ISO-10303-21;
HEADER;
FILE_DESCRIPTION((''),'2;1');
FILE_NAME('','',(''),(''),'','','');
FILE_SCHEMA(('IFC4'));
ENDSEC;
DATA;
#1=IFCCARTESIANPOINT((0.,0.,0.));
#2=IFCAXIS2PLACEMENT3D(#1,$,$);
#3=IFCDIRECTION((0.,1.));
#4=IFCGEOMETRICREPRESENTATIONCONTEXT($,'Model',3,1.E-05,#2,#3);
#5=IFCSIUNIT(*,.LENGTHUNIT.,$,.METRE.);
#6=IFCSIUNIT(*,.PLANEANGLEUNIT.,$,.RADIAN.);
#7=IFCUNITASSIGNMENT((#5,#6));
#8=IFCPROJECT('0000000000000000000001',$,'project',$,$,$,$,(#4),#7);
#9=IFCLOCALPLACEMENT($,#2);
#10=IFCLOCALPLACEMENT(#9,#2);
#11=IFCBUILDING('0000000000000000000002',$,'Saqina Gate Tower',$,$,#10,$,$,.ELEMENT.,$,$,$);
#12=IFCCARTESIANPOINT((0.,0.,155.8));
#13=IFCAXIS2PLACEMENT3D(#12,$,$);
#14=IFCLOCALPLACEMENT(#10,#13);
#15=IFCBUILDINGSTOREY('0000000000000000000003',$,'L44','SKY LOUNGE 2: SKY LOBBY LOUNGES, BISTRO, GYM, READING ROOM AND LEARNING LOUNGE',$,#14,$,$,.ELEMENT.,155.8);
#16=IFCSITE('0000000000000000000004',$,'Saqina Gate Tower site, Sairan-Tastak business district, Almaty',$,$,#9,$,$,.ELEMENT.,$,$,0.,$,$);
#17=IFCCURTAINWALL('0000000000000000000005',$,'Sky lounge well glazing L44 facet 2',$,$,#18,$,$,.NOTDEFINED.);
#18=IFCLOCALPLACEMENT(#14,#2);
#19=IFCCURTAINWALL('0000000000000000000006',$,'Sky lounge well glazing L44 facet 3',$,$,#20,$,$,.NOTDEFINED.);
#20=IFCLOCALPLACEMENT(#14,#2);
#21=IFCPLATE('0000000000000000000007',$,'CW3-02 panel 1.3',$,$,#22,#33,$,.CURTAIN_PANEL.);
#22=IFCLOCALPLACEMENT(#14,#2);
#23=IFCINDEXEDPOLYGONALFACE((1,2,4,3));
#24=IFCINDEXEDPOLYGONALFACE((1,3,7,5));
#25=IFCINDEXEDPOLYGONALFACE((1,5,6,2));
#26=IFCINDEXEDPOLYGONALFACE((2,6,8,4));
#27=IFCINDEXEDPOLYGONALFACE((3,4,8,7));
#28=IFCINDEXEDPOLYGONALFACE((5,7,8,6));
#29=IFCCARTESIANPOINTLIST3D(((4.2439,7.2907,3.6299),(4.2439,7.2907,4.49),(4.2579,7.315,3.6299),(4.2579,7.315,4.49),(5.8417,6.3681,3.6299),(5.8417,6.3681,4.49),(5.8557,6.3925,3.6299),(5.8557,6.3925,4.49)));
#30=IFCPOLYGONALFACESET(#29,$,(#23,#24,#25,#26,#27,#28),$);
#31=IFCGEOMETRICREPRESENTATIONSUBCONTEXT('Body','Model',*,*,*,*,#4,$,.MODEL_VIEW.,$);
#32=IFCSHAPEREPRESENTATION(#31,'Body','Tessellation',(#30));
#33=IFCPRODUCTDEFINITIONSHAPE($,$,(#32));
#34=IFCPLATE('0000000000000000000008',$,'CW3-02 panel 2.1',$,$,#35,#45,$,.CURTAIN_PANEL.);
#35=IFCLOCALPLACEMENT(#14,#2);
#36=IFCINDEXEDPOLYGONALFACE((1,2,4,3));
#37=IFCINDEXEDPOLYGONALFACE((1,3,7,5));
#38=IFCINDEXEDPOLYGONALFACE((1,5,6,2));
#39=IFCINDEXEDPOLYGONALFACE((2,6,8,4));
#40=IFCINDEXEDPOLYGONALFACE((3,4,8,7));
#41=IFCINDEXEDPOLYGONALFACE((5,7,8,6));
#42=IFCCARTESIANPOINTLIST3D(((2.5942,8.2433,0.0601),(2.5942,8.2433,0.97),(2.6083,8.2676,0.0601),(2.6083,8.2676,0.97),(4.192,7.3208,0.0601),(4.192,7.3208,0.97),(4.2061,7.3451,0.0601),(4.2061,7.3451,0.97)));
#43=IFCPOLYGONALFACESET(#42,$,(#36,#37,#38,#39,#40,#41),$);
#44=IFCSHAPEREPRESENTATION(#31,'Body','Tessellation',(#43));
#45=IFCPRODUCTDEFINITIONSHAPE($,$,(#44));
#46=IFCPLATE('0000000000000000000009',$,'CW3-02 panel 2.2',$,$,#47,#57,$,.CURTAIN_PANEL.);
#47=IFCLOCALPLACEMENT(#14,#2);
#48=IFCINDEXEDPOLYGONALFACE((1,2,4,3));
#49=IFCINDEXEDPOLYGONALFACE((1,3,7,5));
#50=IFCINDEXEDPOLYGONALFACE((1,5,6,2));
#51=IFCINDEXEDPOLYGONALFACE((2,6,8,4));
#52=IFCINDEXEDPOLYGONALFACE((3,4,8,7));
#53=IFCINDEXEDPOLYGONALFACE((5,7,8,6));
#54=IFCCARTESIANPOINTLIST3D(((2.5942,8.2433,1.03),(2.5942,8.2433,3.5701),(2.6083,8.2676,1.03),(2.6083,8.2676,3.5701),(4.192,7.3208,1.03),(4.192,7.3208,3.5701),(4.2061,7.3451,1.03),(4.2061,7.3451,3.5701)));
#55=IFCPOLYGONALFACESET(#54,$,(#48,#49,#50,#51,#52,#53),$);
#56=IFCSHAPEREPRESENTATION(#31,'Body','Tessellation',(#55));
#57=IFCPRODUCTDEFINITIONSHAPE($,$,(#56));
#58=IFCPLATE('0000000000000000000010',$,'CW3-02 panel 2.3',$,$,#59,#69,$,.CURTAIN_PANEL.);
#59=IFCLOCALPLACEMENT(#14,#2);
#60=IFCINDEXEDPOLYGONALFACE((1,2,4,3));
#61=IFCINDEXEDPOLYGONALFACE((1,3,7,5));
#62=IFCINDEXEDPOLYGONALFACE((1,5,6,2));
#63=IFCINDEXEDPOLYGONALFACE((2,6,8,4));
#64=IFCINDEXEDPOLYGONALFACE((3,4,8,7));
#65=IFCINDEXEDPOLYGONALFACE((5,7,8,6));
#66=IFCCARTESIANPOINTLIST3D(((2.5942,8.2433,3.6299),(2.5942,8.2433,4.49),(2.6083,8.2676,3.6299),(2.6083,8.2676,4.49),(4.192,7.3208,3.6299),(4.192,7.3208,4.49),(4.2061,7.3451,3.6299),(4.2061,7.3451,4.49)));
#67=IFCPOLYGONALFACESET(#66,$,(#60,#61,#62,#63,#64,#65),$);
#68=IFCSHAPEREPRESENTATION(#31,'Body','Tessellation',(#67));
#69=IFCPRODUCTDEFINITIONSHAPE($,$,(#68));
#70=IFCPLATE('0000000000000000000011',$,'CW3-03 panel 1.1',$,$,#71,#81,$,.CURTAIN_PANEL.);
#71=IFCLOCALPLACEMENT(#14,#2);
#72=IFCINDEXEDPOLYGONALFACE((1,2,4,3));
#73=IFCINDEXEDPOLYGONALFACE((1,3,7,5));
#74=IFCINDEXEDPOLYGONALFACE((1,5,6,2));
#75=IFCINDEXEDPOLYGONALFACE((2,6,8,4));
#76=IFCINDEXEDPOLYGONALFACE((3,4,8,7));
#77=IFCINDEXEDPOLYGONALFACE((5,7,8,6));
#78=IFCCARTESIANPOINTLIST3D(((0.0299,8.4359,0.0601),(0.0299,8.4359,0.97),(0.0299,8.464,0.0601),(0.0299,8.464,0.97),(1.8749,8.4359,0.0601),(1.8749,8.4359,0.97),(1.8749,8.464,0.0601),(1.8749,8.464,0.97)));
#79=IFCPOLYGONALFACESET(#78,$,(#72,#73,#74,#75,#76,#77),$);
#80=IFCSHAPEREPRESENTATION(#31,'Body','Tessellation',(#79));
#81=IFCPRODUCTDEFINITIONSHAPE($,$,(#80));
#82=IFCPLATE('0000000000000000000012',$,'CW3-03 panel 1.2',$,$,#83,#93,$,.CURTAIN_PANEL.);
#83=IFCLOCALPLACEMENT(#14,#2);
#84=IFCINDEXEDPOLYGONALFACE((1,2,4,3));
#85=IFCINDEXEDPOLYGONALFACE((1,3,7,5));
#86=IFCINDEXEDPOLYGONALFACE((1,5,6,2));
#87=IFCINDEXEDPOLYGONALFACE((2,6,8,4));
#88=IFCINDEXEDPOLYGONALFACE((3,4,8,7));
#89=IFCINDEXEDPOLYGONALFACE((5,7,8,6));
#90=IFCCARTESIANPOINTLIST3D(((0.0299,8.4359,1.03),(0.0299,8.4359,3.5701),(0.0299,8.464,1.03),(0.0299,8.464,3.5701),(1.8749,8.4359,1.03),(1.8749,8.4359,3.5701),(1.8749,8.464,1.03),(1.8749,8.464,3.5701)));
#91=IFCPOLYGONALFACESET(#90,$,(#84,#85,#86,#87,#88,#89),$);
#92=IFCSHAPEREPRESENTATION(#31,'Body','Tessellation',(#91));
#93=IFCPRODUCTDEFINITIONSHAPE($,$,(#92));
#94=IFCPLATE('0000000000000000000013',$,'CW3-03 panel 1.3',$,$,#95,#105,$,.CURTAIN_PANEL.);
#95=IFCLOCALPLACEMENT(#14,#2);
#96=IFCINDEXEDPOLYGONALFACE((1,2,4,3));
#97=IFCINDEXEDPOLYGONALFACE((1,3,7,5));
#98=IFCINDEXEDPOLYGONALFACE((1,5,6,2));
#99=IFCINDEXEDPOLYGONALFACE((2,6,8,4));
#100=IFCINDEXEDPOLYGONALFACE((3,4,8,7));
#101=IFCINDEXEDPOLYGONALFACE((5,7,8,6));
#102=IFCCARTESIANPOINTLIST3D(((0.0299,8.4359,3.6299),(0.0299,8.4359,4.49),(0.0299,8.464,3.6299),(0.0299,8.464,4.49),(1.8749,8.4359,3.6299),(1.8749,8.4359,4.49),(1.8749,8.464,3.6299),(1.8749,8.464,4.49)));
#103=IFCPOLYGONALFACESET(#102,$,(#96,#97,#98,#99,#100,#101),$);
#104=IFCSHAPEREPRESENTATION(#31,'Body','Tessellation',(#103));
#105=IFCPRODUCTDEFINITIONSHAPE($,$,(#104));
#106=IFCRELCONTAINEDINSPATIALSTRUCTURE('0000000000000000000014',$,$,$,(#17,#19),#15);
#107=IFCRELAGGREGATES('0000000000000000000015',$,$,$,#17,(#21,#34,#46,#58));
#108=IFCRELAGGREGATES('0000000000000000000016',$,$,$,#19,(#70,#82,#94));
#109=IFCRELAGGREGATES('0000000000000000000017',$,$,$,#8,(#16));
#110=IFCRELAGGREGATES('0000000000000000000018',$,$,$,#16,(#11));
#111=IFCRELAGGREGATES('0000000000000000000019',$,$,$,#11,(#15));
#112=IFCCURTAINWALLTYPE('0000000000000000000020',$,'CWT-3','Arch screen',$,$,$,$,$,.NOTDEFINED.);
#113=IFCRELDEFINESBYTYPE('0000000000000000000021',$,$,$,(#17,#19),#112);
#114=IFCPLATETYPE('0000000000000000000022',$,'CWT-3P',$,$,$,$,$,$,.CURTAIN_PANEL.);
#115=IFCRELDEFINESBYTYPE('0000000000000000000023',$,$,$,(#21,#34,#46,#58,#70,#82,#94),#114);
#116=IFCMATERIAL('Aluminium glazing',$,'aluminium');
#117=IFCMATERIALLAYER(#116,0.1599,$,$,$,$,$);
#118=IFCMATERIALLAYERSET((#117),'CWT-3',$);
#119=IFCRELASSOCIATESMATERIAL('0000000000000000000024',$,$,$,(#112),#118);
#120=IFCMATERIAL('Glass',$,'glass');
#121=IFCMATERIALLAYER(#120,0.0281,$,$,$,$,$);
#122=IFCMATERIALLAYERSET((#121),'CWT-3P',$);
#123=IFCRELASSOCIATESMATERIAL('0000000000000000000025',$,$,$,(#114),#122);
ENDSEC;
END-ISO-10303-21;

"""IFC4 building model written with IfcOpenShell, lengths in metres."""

from ifc_helpers import new_model, si_unit, direction, frame, origin, origin_2d, place, context, subcontext, project, spatial, rectangle, extrude, material, layer, layer_set, type_object, element, aggregate, save


model = new_model("IFC4")

# Units and contexts
model_context = context("Model", 3, precision=1e-05, world=origin(), true_north=direction((0.0, 1.0)))
body_context = subcontext(model_context, "Body", "Model", "MODEL_VIEW")
ifc_project = project(units=[si_unit("LENGTHUNIT", "METRE"), si_unit("PLANEANGLEUNIT", "RADIAN")], contexts=[model_context])

# Site, building, storey
site_placement = place(None, origin())
site = spatial("IfcSite", under=ifc_project, at=site_placement, Name="Saqina Gate Tower site, Sairan-Tastak business district, Almaty", CompositionType="ELEMENT", RefElevation=0.0)
building_placement = place(site_placement, origin())
building = spatial("IfcBuilding", under=site, at=building_placement, Name="Saqina Gate Tower", CompositionType="ELEMENT")
storey_placement = place(building_placement, frame((0.0, 0.0, 155.8)))
storey = spatial("IfcBuildingStorey", under=building, at=storey_placement, Name="L44", Description="SKY LOUNGE 2: SKY LOBBY LOUNGES, BISTRO, GYM, READING ROOM AND LEARNING LOUNGE", CompositionType="ELEMENT", Elevation=155.8)

# Curtain wall
ifc_material_1 = material(Name="Aluminium glazing", Category="aluminium")
ifc_layer_1 = layer(ifc_material_1, 0.1599)
ifc_layer_set_1 = layer_set([ifc_layer_1], Name="CWT-3")
curtain_wall_type = type_object("IfcCurtainWallType", Name="CWT-3", Description="Arch screen", PredefinedType="NOTDEFINED", material=ifc_layer_set_1)
curtain_wall_1_placement = place(storey_placement, origin())
curtain_wall_1 = element("IfcCurtainWall", 1, at=curtain_wall_1_placement, inside=storey, type_object=curtain_wall_type, Name="Sky lounge well glazing L44 facet 2", PredefinedType="NOTDEFINED")

# Curtain wall
curtain_wall_2_placement = place(storey_placement, origin())
curtain_wall_2 = element("IfcCurtainWall", 2, at=curtain_wall_2_placement, inside=storey, type_object=curtain_wall_type, Name="Sky lounge well glazing L44 facet 3", PredefinedType="NOTDEFINED")

# Plates
ifc_material_2 = material(Name="Glass", Category="glass")
ifc_layer_2 = layer(ifc_material_2, 0.0281)
ifc_layer_set_2 = layer_set([ifc_layer_2], Name="CWT-3P")
plate_type = type_object("IfcPlateType", Name="CWT-3P", PredefinedType="CURTAIN_PANEL", material=ifc_layer_set_2)
plate_1_placement = place(storey_placement, frame((5.0498, 6.8416, 3.6299), z_axis=(0.0, 0.0, 1.0), x_axis=(-0.866018, 0.500013, 0.0)))
plate_1 = element("IfcPlate", 3, at=plate_1_placement, type_object=plate_type, Name="CW3-02 panel 1.3", PredefinedType="CURTAIN_PANEL", context=body_context, shape_type="SweptSolid", body=[
    extrude(rectangle(XDim=1.845, YDim=0.0281, at=origin_2d()), origin(), (0.0, 0.0, 1.0), 0.8601),
])
plate_2_placement = place(storey_placement, frame((3.4001, 7.7942, 0.0601), z_axis=(0.0, 0.0, 1.0), x_axis=(-0.866018, 0.500013, 0.0)))
plate_2 = element("IfcPlate", 4, at=plate_2_placement, type_object=plate_type, Name="CW3-02 panel 2.1", PredefinedType="CURTAIN_PANEL", context=body_context, shape_type="SweptSolid", body=[
    extrude(rectangle(XDim=1.845, YDim=0.0281, at=origin_2d()), origin(), (0.0, 0.0, 1.0), 0.9099),
])
plate_3_placement = place(storey_placement, frame((3.4001, 7.7942, 1.03), z_axis=(0.0, 0.0, 1.0), x_axis=(-0.866018, 0.500013, 0.0)))
plate_3 = element("IfcPlate", 5, at=plate_3_placement, type_object=plate_type, Name="CW3-02 panel 2.2", PredefinedType="CURTAIN_PANEL", context=body_context, shape_type="SweptSolid", body=[
    extrude(rectangle(XDim=1.845, YDim=0.0281, at=origin_2d()), origin(), (0.0, 0.0, 1.0), 2.54),
])
plate_4_placement = place(storey_placement, frame((3.4001, 7.7942, 3.6299), z_axis=(0.0, 0.0, 1.0), x_axis=(-0.866018, 0.500013, 0.0)))
plate_4 = element("IfcPlate", 6, at=plate_4_placement, type_object=plate_type, Name="CW3-02 panel 2.3", PredefinedType="CURTAIN_PANEL", context=body_context, shape_type="SweptSolid", body=[
    extrude(rectangle(XDim=1.845, YDim=0.0281, at=origin_2d()), origin(), (0.0, 0.0, 1.0), 0.8601),
])
aggregate(curtain_wall_1, [plate_1, plate_2, plate_3, plate_4])
plate_5_placement = place(storey_placement, frame((0.9524, 8.45, 0.0601), z_axis=(0.0, 0.0, 1.0), x_axis=(-1.0, 0.0, 0.0)))
plate_5 = element("IfcPlate", 7, at=plate_5_placement, type_object=plate_type, Name="CW3-03 panel 1.1", PredefinedType="CURTAIN_PANEL", context=body_context, shape_type="SweptSolid", body=[
    extrude(rectangle(XDim=1.845, YDim=0.0281, at=origin_2d()), origin(), (0.0, 0.0, 1.0), 0.9099),
])
plate_6_placement = place(storey_placement, frame((0.9524, 8.45, 1.03), z_axis=(0.0, 0.0, 1.0), x_axis=(-1.0, 0.0, 0.0)))
plate_6 = element("IfcPlate", 8, at=plate_6_placement, type_object=plate_type, Name="CW3-03 panel 1.2", PredefinedType="CURTAIN_PANEL", context=body_context, shape_type="SweptSolid", body=[
    extrude(rectangle(XDim=1.845, YDim=0.0281, at=origin_2d()), origin(), (0.0, 0.0, 1.0), 2.54),
])
plate_7_placement = place(storey_placement, frame((0.9524, 8.45, 3.6299), z_axis=(0.0, 0.0, 1.0), x_axis=(-1.0, 0.0, 0.0)))
plate_7 = element("IfcPlate", 9, at=plate_7_placement, type_object=plate_type, Name="CW3-03 panel 1.3", PredefinedType="CURTAIN_PANEL", context=body_context, shape_type="SweptSolid", body=[
    extrude(rectangle(XDim=1.845, YDim=0.0281, at=origin_2d()), origin(), (0.0, 0.0, 1.0), 0.8601),
])
aggregate(curtain_wall_2, [plate_5, plate_6, plate_7])

save(model, "model.ifc")
